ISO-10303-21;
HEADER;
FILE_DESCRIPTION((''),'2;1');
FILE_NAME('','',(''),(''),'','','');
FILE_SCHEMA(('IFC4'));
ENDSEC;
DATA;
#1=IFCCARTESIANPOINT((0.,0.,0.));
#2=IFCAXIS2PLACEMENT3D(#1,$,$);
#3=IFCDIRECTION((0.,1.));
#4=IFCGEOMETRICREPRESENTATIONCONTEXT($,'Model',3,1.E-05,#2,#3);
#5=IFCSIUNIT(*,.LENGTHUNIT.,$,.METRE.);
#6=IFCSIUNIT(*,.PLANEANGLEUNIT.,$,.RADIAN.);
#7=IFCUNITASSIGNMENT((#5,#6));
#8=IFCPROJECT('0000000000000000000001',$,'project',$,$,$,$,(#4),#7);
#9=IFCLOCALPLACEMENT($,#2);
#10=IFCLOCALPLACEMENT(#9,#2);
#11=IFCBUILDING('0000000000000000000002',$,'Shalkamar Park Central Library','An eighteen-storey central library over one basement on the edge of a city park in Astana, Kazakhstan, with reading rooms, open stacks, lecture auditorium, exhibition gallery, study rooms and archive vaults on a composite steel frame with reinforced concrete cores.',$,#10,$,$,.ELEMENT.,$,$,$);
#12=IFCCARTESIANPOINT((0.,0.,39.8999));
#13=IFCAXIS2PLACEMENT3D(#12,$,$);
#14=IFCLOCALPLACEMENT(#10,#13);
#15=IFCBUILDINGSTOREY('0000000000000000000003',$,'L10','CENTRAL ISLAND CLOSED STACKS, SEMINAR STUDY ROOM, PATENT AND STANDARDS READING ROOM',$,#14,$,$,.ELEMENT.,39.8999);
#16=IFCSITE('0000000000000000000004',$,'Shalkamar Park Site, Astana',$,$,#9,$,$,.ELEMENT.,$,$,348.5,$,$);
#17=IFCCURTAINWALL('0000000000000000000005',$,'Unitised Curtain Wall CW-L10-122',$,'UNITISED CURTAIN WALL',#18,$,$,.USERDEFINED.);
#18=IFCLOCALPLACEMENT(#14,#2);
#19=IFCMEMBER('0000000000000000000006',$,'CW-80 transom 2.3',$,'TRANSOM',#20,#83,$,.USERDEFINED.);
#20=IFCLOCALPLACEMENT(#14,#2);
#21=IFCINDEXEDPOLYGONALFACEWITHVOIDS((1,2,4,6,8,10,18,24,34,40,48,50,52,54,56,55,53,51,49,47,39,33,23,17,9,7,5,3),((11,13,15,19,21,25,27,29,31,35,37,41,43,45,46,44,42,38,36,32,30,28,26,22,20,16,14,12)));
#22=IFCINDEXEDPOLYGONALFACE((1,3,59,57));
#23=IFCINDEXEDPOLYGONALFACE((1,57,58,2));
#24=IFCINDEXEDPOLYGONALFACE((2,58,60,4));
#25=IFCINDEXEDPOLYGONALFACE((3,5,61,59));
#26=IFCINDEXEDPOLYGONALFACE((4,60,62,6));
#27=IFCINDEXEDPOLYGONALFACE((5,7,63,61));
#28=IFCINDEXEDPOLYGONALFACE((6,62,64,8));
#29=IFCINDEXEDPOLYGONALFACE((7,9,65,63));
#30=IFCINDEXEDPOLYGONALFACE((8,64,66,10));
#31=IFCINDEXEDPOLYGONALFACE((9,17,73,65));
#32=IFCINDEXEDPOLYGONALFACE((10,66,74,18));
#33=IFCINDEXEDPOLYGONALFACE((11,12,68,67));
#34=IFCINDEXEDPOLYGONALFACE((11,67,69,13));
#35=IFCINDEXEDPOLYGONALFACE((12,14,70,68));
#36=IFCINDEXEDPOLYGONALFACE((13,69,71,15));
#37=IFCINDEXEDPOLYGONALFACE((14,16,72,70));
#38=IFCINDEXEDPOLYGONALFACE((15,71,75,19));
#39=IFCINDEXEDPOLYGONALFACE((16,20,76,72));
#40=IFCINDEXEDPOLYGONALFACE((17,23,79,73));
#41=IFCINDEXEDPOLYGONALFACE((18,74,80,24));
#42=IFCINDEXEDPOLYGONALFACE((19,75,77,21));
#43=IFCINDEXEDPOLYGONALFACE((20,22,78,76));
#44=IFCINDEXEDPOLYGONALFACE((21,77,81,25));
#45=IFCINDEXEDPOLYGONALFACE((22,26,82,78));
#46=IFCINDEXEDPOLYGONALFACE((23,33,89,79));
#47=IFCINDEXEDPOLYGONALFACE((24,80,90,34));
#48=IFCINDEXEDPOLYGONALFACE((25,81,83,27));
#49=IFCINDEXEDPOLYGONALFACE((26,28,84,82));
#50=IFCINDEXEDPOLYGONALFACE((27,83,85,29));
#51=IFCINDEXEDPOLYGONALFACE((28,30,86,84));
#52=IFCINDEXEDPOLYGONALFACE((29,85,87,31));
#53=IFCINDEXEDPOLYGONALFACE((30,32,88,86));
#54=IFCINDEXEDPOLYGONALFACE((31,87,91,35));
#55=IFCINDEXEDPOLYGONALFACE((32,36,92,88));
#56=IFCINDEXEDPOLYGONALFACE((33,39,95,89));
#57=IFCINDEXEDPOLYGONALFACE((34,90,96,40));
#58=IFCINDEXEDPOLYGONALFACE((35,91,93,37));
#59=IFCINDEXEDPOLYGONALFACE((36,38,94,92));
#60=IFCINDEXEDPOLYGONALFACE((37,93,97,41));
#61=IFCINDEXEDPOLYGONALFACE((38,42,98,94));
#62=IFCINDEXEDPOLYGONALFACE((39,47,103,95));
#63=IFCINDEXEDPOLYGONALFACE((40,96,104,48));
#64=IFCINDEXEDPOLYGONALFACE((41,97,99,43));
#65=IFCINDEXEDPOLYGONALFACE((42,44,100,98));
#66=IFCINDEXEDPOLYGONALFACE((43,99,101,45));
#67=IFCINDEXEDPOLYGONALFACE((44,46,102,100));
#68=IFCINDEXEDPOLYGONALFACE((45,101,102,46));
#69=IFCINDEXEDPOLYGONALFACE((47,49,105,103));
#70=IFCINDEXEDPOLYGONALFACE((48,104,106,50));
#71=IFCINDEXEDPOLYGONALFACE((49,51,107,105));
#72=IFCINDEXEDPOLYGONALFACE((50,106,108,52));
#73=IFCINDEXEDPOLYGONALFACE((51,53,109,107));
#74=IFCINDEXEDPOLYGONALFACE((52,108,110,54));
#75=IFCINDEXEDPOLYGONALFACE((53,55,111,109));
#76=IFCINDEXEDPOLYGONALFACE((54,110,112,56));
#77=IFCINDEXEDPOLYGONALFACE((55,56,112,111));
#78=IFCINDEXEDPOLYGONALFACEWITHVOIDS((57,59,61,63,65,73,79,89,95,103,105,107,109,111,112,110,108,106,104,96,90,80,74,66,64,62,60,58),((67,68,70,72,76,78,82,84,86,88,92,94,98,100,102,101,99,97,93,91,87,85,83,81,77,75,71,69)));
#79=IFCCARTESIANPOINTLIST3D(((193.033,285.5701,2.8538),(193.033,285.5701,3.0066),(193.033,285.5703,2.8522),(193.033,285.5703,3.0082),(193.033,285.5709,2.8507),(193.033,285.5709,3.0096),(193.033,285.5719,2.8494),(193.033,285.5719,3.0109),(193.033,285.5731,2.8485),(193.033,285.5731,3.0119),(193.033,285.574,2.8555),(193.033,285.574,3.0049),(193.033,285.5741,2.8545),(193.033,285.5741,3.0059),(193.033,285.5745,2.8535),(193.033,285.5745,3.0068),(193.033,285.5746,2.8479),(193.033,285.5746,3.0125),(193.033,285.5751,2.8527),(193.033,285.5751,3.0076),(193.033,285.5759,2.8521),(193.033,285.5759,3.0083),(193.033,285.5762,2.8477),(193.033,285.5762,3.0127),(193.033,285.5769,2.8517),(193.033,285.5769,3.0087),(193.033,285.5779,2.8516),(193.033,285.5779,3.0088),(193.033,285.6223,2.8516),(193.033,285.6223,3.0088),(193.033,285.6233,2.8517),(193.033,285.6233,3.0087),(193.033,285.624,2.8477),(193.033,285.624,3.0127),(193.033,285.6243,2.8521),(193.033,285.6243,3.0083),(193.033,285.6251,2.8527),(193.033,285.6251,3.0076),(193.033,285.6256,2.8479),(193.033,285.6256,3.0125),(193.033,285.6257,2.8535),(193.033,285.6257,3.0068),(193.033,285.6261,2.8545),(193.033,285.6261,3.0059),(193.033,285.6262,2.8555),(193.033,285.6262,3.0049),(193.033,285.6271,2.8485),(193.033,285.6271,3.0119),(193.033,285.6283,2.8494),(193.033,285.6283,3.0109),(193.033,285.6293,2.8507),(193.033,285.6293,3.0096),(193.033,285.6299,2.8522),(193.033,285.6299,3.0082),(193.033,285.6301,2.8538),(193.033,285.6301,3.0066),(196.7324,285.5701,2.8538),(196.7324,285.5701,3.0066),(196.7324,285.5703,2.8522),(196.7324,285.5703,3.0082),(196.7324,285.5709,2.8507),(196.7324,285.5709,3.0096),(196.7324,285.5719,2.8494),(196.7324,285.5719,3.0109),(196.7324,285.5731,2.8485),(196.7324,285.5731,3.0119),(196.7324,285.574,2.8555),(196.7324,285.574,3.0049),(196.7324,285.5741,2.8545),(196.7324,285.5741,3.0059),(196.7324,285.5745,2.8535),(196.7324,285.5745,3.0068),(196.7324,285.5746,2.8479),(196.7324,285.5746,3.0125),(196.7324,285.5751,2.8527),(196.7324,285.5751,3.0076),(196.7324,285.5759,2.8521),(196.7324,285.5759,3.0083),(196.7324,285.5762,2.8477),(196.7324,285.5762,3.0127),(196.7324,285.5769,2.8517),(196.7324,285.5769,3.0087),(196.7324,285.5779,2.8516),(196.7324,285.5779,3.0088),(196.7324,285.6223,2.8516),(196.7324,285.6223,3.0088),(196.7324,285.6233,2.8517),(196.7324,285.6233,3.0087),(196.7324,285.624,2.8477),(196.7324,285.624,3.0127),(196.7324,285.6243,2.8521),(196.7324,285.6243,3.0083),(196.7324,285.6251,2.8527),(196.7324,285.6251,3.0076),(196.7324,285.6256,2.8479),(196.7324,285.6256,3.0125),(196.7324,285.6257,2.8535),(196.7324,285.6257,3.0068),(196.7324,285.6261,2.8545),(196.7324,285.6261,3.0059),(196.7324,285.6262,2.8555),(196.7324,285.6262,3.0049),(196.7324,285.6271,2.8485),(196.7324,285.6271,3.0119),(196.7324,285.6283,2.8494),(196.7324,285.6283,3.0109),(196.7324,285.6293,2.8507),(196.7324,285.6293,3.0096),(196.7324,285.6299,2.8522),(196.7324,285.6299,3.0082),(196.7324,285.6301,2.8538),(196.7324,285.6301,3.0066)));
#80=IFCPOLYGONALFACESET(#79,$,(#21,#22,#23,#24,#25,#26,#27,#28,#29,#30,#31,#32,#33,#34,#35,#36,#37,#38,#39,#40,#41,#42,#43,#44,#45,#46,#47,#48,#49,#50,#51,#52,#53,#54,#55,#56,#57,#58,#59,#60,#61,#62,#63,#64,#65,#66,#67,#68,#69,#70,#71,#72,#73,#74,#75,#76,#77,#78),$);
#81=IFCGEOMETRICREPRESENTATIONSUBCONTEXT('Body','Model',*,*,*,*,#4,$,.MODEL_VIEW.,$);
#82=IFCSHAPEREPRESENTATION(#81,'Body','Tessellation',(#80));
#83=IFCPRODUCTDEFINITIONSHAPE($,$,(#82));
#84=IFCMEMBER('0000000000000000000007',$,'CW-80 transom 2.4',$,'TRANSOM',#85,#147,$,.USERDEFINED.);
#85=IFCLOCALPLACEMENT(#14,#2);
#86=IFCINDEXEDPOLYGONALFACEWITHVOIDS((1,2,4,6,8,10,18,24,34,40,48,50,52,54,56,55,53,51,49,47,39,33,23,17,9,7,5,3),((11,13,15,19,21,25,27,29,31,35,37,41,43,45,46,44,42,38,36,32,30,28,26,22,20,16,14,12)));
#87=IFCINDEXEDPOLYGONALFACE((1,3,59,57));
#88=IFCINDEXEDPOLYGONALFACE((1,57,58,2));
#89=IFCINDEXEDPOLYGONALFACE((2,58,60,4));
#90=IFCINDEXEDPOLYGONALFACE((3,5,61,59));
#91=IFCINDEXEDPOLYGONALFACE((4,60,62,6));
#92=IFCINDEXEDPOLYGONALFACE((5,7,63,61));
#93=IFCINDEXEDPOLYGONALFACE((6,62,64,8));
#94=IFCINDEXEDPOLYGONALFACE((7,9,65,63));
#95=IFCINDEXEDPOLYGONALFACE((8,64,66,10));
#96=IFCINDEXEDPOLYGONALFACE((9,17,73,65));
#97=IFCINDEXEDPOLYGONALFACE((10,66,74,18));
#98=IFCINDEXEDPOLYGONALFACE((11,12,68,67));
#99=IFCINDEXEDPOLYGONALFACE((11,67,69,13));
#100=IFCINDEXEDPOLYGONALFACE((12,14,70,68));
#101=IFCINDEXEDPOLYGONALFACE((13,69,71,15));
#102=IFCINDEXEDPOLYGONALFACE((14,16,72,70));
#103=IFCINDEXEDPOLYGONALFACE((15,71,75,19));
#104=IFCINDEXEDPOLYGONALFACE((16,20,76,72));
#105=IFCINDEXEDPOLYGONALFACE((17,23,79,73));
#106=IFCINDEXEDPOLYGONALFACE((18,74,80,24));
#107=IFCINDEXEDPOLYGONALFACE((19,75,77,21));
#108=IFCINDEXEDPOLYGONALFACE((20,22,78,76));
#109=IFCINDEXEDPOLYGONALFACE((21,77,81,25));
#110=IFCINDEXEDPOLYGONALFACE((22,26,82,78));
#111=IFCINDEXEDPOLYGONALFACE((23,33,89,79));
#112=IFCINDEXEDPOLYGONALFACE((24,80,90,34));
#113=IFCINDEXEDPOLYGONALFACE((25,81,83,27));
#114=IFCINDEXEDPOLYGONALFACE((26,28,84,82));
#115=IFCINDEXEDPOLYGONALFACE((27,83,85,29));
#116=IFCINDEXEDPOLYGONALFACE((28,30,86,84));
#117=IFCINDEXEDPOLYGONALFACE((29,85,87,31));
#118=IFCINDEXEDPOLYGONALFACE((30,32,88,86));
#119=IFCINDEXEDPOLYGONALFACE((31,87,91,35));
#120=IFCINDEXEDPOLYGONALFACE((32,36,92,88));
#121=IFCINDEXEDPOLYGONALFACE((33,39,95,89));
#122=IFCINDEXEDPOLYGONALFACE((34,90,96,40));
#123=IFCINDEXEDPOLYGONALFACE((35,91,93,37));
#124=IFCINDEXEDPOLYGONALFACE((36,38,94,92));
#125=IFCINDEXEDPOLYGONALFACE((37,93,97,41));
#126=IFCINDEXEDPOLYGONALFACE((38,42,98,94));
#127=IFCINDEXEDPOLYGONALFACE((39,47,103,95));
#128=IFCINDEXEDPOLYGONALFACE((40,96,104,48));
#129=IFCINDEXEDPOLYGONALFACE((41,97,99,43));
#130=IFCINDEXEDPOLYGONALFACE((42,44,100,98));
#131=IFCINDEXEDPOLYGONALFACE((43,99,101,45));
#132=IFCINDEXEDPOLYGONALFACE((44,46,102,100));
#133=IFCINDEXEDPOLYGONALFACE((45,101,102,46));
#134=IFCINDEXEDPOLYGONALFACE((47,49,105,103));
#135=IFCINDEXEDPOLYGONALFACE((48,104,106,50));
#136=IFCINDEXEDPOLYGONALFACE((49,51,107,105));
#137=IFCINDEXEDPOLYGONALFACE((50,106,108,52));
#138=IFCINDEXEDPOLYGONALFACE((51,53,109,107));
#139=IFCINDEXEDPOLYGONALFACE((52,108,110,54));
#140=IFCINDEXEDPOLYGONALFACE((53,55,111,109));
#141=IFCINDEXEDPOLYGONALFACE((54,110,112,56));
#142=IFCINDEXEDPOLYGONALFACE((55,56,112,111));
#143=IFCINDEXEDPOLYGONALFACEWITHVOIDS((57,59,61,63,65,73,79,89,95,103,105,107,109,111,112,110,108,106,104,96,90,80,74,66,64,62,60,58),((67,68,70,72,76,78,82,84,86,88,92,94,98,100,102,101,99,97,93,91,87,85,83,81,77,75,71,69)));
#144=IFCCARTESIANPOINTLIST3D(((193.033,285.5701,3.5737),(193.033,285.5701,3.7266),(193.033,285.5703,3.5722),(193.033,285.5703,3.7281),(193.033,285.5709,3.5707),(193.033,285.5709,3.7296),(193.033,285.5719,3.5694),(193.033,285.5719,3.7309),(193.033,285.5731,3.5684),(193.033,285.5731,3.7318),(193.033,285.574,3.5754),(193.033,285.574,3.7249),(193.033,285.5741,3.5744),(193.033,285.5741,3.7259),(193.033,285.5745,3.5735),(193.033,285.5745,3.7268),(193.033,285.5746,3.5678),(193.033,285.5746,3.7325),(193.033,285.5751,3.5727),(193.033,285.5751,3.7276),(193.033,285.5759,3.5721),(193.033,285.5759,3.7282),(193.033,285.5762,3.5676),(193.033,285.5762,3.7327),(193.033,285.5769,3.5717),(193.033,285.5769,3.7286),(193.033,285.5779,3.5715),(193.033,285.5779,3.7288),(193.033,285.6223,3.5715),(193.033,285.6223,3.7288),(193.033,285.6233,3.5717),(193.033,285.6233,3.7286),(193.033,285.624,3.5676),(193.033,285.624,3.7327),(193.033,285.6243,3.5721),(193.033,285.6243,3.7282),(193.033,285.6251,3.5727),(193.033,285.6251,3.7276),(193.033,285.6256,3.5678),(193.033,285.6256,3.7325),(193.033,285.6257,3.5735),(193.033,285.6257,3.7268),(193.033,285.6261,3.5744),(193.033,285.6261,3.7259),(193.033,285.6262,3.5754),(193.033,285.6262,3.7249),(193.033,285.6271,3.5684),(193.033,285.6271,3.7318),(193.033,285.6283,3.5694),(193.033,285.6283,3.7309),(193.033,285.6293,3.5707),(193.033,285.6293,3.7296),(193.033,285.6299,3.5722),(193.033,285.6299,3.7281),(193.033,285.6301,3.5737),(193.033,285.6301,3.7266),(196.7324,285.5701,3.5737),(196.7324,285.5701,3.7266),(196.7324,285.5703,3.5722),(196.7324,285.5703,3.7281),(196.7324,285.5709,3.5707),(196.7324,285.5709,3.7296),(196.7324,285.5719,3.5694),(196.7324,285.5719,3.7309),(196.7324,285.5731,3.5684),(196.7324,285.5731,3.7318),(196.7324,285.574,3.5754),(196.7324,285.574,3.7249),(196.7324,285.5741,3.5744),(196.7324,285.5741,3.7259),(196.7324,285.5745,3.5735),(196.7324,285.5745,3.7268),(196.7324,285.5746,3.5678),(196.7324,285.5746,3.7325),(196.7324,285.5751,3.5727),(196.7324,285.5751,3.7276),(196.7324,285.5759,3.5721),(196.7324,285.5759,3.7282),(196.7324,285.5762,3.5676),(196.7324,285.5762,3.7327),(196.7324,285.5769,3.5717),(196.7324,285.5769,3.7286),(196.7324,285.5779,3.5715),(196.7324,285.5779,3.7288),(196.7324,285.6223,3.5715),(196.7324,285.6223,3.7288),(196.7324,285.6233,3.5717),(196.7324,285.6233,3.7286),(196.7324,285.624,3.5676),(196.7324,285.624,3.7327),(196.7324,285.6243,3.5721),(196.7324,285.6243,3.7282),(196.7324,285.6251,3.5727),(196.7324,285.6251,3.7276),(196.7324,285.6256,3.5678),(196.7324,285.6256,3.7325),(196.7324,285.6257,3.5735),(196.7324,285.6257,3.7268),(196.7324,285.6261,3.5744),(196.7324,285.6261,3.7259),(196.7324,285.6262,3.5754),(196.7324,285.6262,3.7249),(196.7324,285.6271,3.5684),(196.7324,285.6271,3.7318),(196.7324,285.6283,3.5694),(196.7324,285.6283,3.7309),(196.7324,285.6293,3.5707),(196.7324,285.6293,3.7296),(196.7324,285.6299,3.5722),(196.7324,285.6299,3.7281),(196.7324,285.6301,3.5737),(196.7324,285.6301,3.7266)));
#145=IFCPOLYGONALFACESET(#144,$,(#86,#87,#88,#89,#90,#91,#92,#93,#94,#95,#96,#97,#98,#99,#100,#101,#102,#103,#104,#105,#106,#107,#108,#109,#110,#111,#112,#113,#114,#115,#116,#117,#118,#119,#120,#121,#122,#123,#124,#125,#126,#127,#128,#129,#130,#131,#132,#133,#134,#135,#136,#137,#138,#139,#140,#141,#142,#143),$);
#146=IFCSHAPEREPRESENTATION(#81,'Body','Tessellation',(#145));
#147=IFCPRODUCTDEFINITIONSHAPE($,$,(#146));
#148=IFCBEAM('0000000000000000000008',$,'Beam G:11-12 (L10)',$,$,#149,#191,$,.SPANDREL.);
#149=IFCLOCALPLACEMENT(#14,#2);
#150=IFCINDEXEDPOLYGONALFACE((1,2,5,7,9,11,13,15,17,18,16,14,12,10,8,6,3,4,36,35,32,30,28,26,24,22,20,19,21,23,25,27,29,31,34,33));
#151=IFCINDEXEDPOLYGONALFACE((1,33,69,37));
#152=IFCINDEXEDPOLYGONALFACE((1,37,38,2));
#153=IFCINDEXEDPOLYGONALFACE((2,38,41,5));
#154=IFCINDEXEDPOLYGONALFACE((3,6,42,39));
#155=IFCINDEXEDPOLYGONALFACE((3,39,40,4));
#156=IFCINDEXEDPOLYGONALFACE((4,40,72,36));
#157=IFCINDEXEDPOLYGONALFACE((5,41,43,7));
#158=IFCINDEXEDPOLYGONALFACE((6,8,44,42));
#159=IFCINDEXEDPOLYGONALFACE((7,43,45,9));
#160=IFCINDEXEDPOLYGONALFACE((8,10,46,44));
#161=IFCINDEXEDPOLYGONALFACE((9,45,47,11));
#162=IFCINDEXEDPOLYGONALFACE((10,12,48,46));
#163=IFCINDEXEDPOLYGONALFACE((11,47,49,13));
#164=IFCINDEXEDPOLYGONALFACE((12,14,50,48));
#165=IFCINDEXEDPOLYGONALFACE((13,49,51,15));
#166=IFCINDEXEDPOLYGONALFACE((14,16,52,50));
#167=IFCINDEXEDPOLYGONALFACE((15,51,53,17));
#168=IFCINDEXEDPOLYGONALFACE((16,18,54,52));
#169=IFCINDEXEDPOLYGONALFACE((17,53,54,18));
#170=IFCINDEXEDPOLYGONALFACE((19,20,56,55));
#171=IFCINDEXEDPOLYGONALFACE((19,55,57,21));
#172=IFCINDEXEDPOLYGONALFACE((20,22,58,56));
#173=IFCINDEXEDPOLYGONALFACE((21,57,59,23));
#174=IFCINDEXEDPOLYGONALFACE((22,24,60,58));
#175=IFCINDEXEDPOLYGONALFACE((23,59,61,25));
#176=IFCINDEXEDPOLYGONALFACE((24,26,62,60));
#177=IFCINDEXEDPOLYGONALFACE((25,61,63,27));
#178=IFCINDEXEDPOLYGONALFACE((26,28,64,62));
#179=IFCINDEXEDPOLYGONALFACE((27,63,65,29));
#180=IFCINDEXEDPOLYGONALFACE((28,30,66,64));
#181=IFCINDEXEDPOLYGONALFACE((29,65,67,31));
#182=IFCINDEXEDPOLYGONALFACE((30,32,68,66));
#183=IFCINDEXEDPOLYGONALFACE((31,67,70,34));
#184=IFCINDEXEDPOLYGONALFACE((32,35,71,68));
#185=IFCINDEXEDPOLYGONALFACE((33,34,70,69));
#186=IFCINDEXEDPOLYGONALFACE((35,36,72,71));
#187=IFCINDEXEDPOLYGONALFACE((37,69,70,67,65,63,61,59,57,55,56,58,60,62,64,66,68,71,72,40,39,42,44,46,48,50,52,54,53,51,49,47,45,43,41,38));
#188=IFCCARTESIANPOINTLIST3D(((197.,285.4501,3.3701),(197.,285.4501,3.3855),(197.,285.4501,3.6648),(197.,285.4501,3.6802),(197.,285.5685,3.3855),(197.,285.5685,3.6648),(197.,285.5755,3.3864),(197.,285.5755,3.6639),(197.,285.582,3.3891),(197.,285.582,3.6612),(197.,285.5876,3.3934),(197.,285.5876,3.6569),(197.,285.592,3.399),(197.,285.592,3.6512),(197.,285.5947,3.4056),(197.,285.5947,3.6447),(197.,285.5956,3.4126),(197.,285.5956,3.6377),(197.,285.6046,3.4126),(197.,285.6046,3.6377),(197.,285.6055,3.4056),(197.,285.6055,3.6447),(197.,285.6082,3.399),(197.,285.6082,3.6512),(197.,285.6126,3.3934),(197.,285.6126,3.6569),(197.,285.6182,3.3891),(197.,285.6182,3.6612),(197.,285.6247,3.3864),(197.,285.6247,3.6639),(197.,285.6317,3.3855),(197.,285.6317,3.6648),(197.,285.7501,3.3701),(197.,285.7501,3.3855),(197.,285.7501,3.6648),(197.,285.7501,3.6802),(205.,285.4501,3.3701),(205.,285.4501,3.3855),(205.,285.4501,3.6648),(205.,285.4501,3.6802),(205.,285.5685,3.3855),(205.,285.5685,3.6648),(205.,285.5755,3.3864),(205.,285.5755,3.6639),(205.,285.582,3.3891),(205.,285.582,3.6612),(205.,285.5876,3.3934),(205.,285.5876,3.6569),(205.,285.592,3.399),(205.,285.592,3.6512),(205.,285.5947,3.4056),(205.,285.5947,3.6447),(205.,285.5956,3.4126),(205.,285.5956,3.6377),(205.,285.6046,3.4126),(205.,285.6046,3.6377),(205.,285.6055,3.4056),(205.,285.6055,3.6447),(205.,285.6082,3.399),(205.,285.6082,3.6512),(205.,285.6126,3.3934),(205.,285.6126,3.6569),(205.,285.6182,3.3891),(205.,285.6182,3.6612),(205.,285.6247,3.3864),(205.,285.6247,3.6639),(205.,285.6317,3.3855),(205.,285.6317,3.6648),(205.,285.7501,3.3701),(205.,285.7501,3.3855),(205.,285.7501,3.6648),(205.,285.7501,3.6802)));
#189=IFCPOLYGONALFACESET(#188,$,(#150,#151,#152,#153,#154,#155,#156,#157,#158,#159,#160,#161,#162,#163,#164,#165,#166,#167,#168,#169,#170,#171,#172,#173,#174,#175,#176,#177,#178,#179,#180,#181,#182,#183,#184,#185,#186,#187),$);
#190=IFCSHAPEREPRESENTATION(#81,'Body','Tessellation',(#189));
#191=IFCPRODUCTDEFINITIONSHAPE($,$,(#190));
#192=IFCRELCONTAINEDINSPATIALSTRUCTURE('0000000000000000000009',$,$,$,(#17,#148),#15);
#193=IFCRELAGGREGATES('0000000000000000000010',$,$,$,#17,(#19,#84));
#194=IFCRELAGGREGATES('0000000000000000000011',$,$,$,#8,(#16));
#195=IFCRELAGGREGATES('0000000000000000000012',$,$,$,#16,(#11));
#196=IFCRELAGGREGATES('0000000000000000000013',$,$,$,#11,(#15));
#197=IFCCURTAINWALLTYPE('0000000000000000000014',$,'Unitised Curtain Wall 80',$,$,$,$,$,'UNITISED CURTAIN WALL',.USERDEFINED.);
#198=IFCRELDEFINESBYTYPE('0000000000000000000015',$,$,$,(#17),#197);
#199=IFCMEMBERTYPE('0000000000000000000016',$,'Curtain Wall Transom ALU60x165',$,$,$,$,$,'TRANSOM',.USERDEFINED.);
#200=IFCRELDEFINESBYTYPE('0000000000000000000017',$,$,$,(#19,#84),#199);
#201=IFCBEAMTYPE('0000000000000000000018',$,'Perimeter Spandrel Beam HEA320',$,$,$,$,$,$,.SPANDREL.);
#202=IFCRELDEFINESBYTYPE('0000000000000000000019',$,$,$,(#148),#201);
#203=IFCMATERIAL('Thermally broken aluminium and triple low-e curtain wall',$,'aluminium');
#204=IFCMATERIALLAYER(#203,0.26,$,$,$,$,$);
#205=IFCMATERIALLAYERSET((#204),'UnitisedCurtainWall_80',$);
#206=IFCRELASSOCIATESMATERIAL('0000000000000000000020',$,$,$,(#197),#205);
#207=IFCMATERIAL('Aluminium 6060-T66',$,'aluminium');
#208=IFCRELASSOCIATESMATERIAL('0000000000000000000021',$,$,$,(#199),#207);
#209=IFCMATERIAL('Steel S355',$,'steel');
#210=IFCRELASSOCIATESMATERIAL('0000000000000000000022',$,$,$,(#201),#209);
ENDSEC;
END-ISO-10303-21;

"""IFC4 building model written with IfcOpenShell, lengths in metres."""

from ifc_helpers import new_model, si_unit, direction, frame, origin, origin_2d, place, context, subcontext, project, spatial, hollow_rectangle, i_section, extrude, material, layer, layer_set, material_profile, profile_set, type_object, element, aggregate, save


model = new_model("IFC4")

# Units and contexts
model_context = context("Model", 3, precision=1e-05, world=origin(), true_north=direction((0.0, 1.0)))
body_context = subcontext(model_context, "Body", "Model", "MODEL_VIEW")
ifc_project = project(units=[si_unit("LENGTHUNIT", "METRE"), si_unit("PLANEANGLEUNIT", "RADIAN")], contexts=[model_context])

# Site, building, storey
site_placement = place(None, origin())
site = spatial("IfcSite", under=ifc_project, at=site_placement, Name="Shalkamar Park Site, Astana", CompositionType="ELEMENT", RefElevation=348.5)
building_placement = place(site_placement, origin())
building = spatial("IfcBuilding", under=site, at=building_placement, Name="Shalkamar Park Central Library", Description="An eighteen-storey central library over one basement on the edge of a city park in Astana, Kazakhstan, with reading rooms, open stacks, lecture auditorium, exhibition gallery, study rooms and archive vaults on a composite steel frame with reinforced concrete cores.", CompositionType="ELEMENT")
storey_placement = place(building_placement, frame((0.0, 0.0, 39.8999)))
storey = spatial("IfcBuildingStorey", under=building, at=storey_placement, Name="L10", Description="CENTRAL ISLAND CLOSED STACKS, SEMINAR STUDY ROOM, PATENT AND STANDARDS READING ROOM", CompositionType="ELEMENT", Elevation=39.8999)

# Shared definitions
ifc_material_1 = material(Name="Steel S355", Category="steel")

# Curtain wall, members
ifc_material_2 = material(Name="Thermally broken aluminium and triple low-e curtain wall", Category="aluminium")
ifc_layer_1 = layer(ifc_material_2, 0.26)
ifc_layer_set_1 = layer_set([ifc_layer_1], Name="UnitisedCurtainWall_80")
curtain_wall_type = type_object("IfcCurtainWallType", Name="Unitised Curtain Wall 80", ElementType="UNITISED CURTAIN WALL", PredefinedType="USERDEFINED", material=ifc_layer_set_1)
curtain_wall_placement = place(storey_placement, origin())
curtain_wall = element("IfcCurtainWall", 1, at=curtain_wall_placement, inside=storey, type_object=curtain_wall_type, Name="Unitised Curtain Wall CW-L10-122", ObjectType="UNITISED CURTAIN WALL", PredefinedType="USERDEFINED")
ifc_material_3 = material(Name="Aluminium 6060-T66", Category="aluminium")
ifc_material_profile_1 = material_profile(ifc_material_3, hollow_rectangle(XDim=0.0601, YDim=0.165, WallThickness=0.0039, InnerFilletRadius=0.0039, OuterFilletRadius=0.0061, at=origin_2d()), Name="ALU 60x165x4")
ifc_profile_set_1 = profile_set([ifc_material_profile_1], Name="Aluminium 6060-T66")
member_type_1 = type_object("IfcMemberType", Name="Curtain Wall Transom ALU60x165", ElementType="TRANSOM", PredefinedType="USERDEFINED", material=ifc_profile_set_1)
member_1_placement = place(storey_placement, frame((193.033, 285.6001, 2.9302), z_axis=(1.0, 0.0, 0.0), x_axis=(0.0, 1.0, 0.0)))
member_1 = element("IfcMember", 2, at=member_1_placement, type_object=member_type_1, Name="CW-80 transom 2.3", ObjectType="TRANSOM", PredefinedType="USERDEFINED", context=body_context, shape_type="SweptSolid", body=[
    extrude(hollow_rectangle(XDim=0.0601, YDim=0.165, WallThickness=0.0039, InnerFilletRadius=0.0039, OuterFilletRadius=0.0061, at=origin_2d()), origin(), (0.0, 0.0, 1.0), 3.6995),
])
member_2_placement = place(storey_placement, frame((193.033, 285.6001, 3.6501), z_axis=(1.0, 0.0, 0.0), x_axis=(0.0, 1.0, 0.0)))
member_2 = element("IfcMember", 3, at=member_2_placement, type_object=member_type_1, Name="CW-80 transom 2.4", ObjectType="TRANSOM", PredefinedType="USERDEFINED", context=body_context, shape_type="SweptSolid", body=[
    extrude(hollow_rectangle(XDim=0.0601, YDim=0.165, WallThickness=0.0039, InnerFilletRadius=0.0039, OuterFilletRadius=0.0061, at=origin_2d()), origin(), (0.0, 0.0, 1.0), 3.6995),
])

# Beam
ifc_material_profile_2 = material_profile(ifc_material_1, i_section(OverallWidth=0.3, OverallDepth=0.3101, WebThickness=0.009, FlangeThickness=0.0154, FilletRadius=0.0271, at=origin_2d()), Name="HEA 320")
ifc_profile_set_2 = profile_set([ifc_material_profile_2], Name="Steel S355")
beam_type_1 = type_object("IfcBeamType", Name="Perimeter Spandrel Beam HEA320", PredefinedType="SPANDREL", material=ifc_profile_set_2)
beam_1_placement = place(storey_placement, frame((197.0, 285.6001, 3.5251), z_axis=(1.0, 0.0, 0.0), x_axis=(0.0, 1.0, 0.0)))
element("IfcBeam", 4, at=beam_1_placement, inside=storey, type_object=beam_type_1, Name="Beam G:11-12 (L10)", PredefinedType="SPANDREL", context=body_context, shape_type="SweptSolid", body=[
    extrude(i_section(OverallWidth=0.3, OverallDepth=0.3101, WebThickness=0.009, FlangeThickness=0.0154, FilletRadius=0.0271, at=origin_2d()), origin(), (0.0, 0.0, 1.0), 8.0),
])

aggregate(curtain_wall, [member_1, member_2])

save(model, "model.ifc")
